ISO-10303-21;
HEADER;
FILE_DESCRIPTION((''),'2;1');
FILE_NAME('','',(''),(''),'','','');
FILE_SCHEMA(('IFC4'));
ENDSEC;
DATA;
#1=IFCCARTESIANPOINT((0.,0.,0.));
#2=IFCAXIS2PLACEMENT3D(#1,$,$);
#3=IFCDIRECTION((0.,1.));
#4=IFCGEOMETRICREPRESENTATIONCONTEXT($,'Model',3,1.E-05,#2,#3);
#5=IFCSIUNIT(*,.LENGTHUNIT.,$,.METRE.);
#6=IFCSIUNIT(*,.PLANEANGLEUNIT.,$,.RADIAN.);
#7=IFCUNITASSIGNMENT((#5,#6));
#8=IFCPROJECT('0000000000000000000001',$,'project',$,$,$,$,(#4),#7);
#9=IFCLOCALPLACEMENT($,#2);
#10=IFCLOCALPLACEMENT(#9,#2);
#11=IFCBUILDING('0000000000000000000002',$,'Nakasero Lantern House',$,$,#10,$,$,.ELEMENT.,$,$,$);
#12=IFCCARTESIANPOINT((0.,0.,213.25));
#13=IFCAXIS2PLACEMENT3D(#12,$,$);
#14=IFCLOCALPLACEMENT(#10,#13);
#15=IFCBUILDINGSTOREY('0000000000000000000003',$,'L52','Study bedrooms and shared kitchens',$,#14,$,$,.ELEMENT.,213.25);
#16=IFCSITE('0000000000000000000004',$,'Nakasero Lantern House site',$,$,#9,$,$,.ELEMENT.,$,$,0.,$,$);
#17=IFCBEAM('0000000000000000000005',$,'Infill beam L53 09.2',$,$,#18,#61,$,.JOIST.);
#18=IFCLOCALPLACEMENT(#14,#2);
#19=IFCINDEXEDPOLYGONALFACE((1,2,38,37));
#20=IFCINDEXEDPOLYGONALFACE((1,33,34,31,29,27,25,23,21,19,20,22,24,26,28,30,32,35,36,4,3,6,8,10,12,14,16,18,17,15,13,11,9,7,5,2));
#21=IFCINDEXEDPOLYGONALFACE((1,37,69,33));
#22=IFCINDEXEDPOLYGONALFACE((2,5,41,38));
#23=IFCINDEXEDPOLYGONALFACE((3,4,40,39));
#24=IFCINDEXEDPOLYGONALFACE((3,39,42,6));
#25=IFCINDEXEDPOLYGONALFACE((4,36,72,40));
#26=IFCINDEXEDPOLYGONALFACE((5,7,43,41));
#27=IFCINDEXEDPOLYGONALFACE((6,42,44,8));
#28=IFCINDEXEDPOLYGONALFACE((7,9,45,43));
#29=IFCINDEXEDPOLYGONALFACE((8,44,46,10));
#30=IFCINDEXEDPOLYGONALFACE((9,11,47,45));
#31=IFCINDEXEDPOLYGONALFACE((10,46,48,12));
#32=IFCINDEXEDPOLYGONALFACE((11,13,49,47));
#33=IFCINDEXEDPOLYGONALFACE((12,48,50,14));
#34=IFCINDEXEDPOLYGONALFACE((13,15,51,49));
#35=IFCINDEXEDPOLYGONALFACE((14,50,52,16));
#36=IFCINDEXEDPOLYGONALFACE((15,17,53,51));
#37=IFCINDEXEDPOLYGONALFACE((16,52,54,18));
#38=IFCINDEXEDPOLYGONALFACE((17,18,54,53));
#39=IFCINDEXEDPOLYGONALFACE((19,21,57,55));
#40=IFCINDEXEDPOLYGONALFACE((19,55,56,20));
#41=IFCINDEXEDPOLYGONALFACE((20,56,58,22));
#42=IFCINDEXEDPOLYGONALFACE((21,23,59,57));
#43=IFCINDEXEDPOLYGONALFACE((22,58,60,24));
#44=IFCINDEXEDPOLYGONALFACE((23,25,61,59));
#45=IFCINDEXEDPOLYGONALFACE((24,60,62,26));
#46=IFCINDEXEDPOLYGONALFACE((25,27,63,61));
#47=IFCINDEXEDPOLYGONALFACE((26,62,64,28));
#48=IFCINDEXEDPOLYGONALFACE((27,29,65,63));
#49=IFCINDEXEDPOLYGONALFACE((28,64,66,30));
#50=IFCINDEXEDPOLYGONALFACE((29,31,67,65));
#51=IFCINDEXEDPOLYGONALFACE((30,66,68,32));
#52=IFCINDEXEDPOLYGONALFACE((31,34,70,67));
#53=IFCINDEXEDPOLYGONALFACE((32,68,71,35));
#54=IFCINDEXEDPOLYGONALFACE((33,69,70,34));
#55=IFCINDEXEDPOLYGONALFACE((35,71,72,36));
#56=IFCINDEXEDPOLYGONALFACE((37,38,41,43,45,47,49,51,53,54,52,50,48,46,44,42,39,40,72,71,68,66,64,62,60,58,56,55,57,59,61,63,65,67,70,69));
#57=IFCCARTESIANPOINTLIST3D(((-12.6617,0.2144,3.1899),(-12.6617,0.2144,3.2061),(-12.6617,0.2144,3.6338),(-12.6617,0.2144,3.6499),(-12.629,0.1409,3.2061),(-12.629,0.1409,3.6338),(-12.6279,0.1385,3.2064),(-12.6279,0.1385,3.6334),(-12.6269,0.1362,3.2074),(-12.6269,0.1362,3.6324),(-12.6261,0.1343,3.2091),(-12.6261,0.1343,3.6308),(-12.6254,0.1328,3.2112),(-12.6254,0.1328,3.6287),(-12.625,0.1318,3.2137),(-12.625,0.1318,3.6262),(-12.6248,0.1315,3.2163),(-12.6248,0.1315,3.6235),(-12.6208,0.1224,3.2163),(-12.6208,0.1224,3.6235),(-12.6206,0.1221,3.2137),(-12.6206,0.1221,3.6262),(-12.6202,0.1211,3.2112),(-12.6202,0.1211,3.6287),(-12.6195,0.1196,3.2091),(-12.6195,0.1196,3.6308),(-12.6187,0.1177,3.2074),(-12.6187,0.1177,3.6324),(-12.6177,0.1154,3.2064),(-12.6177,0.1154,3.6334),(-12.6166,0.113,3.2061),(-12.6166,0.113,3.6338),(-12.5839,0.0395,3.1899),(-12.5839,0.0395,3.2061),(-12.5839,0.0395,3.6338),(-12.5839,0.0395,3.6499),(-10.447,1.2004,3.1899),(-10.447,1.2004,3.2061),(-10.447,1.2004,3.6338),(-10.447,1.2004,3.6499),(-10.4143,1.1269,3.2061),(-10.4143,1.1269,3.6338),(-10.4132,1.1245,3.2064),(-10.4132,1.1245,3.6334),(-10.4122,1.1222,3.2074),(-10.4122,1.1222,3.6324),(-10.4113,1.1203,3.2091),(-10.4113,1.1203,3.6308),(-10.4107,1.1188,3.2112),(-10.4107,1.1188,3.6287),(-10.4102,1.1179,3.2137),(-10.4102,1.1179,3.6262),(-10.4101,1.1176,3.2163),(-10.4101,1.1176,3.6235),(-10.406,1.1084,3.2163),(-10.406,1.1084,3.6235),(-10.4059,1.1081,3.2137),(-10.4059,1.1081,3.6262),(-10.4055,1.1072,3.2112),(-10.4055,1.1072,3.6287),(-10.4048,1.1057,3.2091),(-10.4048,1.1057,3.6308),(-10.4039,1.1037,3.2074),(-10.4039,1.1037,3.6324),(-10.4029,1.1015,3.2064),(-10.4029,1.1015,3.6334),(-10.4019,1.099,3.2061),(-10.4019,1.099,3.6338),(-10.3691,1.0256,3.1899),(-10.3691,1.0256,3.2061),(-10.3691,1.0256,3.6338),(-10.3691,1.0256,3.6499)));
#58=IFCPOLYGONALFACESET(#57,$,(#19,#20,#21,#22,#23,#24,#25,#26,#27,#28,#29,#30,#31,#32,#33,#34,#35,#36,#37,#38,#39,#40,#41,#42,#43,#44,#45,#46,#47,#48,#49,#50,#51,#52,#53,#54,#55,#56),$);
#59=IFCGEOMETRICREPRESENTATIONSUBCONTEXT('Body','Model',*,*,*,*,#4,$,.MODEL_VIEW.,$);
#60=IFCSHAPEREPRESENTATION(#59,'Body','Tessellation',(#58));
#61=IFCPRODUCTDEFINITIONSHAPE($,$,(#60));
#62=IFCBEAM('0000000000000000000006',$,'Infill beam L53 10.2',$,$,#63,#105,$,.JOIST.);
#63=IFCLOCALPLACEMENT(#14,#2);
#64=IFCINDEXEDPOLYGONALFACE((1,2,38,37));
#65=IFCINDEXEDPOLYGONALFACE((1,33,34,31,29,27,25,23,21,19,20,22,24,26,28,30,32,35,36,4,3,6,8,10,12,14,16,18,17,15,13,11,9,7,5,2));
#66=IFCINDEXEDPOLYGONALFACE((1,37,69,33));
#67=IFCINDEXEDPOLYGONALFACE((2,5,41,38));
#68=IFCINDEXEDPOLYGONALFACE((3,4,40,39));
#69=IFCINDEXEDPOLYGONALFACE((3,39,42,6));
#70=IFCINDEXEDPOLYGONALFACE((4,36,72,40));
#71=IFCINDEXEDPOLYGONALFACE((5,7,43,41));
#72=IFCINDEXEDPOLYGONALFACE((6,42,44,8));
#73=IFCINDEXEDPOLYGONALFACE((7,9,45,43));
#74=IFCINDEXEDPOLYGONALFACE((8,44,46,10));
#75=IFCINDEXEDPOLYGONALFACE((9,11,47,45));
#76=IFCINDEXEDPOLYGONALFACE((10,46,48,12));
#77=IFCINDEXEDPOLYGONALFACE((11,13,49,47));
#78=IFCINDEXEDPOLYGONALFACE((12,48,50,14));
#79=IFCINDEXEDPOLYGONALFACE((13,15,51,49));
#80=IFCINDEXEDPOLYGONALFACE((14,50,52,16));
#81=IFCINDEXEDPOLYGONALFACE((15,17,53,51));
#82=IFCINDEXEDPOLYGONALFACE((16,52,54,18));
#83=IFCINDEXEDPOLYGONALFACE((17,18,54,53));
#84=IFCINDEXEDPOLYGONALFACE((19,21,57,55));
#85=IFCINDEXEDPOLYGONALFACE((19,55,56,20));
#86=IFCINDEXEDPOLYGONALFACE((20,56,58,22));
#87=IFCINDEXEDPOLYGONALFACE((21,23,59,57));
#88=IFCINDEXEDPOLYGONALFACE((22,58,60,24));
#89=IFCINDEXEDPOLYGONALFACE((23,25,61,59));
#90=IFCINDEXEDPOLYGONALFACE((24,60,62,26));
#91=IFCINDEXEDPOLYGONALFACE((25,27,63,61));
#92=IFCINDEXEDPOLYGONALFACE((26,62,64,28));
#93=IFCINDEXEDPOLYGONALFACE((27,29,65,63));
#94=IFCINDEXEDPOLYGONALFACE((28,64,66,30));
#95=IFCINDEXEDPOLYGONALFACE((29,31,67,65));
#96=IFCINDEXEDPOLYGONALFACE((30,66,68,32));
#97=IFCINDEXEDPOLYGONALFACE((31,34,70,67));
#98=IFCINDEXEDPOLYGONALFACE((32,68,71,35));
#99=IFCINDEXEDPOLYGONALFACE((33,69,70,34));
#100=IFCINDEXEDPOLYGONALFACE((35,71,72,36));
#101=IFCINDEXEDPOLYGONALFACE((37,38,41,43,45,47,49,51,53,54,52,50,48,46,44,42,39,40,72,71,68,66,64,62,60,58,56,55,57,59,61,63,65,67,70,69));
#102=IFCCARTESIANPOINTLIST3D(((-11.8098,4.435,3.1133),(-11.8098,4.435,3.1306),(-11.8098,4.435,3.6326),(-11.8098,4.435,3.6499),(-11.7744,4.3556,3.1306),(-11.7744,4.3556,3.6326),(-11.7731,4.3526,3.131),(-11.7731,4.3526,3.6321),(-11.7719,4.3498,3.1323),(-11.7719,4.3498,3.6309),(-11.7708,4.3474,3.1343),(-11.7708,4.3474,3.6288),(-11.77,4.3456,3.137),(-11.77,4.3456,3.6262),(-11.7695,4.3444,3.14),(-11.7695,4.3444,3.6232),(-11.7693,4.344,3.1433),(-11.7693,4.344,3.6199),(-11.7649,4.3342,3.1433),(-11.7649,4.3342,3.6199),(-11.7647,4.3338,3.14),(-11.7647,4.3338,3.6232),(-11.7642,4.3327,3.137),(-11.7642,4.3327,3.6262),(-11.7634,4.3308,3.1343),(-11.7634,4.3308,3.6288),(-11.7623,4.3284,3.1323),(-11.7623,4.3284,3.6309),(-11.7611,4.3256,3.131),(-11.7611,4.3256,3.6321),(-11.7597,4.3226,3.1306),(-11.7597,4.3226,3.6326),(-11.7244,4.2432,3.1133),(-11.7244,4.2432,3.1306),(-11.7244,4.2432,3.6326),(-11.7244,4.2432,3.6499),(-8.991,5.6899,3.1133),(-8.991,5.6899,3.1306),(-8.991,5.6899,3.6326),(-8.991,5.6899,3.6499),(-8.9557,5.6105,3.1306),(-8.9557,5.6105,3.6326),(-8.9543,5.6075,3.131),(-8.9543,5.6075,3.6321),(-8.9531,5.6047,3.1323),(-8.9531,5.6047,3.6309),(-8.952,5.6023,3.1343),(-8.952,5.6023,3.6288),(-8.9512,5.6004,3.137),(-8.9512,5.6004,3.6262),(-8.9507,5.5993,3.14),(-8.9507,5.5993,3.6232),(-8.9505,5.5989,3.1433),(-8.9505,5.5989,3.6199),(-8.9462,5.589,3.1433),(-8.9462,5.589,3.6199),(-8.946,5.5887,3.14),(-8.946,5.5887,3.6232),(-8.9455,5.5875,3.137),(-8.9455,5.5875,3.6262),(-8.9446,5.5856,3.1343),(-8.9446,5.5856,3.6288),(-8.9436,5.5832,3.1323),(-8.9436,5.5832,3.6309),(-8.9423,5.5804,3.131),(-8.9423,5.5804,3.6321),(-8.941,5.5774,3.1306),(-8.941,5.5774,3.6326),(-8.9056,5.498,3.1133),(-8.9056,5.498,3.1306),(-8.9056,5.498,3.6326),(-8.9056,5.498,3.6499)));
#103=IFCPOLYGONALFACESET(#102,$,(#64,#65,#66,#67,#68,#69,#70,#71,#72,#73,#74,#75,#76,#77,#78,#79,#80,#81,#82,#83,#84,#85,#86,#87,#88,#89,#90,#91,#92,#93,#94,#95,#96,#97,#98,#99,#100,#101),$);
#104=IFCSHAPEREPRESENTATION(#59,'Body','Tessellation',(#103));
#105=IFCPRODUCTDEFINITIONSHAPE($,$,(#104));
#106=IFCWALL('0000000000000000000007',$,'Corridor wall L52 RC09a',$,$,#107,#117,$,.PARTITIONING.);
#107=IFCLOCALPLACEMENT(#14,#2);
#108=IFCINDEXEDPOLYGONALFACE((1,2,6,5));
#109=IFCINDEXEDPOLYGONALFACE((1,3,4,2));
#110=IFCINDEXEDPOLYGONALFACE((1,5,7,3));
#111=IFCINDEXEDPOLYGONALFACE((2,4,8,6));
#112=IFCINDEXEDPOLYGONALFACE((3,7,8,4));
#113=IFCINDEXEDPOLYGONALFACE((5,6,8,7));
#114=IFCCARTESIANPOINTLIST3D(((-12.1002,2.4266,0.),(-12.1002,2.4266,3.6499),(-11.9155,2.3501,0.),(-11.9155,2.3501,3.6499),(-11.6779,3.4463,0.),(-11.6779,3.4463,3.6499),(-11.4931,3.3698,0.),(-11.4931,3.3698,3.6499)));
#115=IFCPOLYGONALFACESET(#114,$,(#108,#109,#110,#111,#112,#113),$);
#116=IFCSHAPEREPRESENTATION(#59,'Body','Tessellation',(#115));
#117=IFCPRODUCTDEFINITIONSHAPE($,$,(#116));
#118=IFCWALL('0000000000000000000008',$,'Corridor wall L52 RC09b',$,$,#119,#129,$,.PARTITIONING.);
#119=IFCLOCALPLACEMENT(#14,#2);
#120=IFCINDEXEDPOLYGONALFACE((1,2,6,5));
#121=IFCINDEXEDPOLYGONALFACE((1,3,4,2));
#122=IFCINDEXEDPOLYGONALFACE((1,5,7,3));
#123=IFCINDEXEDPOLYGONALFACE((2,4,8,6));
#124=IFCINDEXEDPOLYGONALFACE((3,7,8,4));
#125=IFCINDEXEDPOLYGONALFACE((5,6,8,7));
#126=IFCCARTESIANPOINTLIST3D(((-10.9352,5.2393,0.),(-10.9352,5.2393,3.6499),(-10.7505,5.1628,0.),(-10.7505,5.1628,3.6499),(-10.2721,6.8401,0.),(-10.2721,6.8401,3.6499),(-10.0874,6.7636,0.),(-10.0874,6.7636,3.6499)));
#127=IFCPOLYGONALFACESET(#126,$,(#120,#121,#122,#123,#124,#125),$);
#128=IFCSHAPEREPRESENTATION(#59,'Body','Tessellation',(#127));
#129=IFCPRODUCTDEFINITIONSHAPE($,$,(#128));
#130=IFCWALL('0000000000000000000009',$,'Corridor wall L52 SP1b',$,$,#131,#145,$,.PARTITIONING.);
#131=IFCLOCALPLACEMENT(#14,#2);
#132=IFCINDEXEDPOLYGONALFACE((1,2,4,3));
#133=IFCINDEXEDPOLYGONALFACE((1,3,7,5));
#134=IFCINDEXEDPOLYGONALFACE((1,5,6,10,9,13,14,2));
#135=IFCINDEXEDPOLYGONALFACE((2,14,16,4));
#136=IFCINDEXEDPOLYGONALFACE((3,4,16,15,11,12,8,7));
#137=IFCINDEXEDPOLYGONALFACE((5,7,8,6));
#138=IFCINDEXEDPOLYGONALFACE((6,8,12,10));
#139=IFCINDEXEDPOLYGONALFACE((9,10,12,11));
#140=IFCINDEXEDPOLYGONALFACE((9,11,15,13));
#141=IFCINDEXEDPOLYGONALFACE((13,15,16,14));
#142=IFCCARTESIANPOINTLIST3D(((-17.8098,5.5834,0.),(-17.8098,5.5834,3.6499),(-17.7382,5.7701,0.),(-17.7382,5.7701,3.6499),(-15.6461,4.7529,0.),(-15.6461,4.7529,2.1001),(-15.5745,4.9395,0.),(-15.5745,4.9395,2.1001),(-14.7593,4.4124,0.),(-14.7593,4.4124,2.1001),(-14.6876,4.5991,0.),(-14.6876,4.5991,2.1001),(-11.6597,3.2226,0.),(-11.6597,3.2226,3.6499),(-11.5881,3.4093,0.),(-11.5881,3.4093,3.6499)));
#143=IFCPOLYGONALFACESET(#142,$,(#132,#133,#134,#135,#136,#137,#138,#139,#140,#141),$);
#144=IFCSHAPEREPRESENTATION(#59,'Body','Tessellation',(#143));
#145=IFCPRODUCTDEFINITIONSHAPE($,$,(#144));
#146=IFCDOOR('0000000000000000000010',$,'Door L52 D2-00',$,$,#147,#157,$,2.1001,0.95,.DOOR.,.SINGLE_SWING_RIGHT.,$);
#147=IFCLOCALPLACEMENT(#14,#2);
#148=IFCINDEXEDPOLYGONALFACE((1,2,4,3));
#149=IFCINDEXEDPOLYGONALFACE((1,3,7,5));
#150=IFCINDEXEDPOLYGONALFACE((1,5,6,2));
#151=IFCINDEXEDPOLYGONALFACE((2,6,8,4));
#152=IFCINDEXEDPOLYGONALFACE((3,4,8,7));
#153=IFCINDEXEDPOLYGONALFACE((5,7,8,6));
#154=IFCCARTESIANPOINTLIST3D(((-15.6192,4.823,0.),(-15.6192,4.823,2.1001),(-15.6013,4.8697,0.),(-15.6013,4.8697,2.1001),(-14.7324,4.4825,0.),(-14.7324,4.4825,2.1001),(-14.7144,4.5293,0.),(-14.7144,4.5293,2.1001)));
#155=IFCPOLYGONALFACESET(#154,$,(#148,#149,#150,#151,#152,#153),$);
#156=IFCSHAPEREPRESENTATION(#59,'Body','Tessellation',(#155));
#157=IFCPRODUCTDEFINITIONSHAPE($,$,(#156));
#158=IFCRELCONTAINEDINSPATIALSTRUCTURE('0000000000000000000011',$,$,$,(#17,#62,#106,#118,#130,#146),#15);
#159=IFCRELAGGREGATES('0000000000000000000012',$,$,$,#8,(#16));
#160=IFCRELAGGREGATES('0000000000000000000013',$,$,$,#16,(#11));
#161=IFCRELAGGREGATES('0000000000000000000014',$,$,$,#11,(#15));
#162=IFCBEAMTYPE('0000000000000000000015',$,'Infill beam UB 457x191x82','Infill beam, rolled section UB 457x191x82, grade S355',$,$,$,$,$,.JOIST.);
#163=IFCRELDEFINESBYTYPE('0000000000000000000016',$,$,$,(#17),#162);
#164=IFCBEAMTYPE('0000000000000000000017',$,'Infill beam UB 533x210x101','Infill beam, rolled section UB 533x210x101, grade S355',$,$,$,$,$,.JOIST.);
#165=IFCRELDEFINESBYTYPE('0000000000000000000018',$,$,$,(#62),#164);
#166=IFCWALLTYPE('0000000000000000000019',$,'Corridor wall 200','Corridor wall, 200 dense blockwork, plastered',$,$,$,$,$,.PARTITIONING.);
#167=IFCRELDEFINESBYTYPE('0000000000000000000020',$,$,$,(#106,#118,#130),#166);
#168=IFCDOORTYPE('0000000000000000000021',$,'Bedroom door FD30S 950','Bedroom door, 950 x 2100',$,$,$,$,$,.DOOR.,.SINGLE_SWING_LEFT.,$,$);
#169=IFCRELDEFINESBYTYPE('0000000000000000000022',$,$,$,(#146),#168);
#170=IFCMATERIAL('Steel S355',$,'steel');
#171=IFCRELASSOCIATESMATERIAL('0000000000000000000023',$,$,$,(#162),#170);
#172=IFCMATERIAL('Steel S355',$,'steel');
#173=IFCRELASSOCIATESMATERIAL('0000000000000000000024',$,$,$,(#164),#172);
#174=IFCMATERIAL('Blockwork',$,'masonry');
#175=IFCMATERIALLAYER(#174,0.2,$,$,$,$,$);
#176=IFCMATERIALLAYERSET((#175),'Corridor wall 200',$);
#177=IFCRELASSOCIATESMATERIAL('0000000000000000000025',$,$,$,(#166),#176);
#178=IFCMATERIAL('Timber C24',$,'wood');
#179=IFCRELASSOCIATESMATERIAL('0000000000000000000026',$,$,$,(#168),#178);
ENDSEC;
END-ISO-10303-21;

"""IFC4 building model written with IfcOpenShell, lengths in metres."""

from ifc_helpers import new_model, si_unit, direction, frame, frame_2d, origin, origin_2d, place, context, subcontext, project, spatial, rectangle, i_section, extrude, material, layer, layer_set, material_profile, profile_set, type_object, element, fill, save


model = new_model("IFC4")

# Units and contexts
model_context = context("Model", 3, precision=1e-05, world=origin(), true_north=direction((0.0, 1.0)))
body_context = subcontext(model_context, "Body", "Model", "MODEL_VIEW")
ifc_project = project(units=[si_unit("LENGTHUNIT", "METRE"), si_unit("PLANEANGLEUNIT", "RADIAN")], contexts=[model_context])

# Site, building, storey
site_placement = place(None, origin())
site = spatial("IfcSite", under=ifc_project, at=site_placement, Name="Nakasero Lantern House site", CompositionType="ELEMENT", RefElevation=0.0)
building_placement = place(site_placement, origin())
building = spatial("IfcBuilding", under=site, at=building_placement, Name="Nakasero Lantern House", CompositionType="ELEMENT")
storey_placement = place(building_placement, frame((0.0, 0.0, 213.25)))
storey = spatial("IfcBuildingStorey", under=building, at=storey_placement, Name="L52", Description="Study bedrooms and shared kitchens", CompositionType="ELEMENT", Elevation=213.25)

# Beams
ifc_material_1 = material(Name="Steel S355", Category="steel")
ifc_material_profile_1 = material_profile(ifc_material_1, i_section(OverallWidth=0.1914, OverallDepth=0.46, WebThickness=0.01, FlangeThickness=0.0161, FilletRadius=0.0103, at=origin_2d()), Name="UB 457x191x82")
ifc_profile_set_1 = profile_set([ifc_material_profile_1], Name="Steel S355")
beam_type_1 = type_object("IfcBeamType", Name="Infill beam UB 457x191x82", Description="Infill beam, rolled section UB 457x191x82, grade S355", PredefinedType="JOIST", material=ifc_profile_set_1)
beam_1_placement = place(storey_placement, frame((-12.6228, 0.127, 3.4199), z_axis=(0.91355, 0.406727, 0.0), x_axis=(-0.406727, 0.91355, 0.0)))
element("IfcBeam", 1, at=beam_1_placement, inside=storey, type_object=beam_type_1, Name="Infill beam L53 09.2", PredefinedType="JOIST", context=body_context, shape_type="SweptSolid", body=[
    extrude(i_section(OverallWidth=0.1914, OverallDepth=0.46, WebThickness=0.01, FlangeThickness=0.0161, FilletRadius=0.0103, at=origin_2d()), origin(), (0.0, 0.0, 1.0), 2.4243),
])
ifc_material_2 = material(Name="Steel S355", Category="steel")
ifc_material_profile_2 = material_profile(ifc_material_2, i_section(OverallWidth=0.21, OverallDepth=0.5366, WebThickness=0.0107, FlangeThickness=0.0173, FilletRadius=0.0127, at=origin_2d()), Name="UB 533x210x101")
ifc_profile_set_2 = profile_set([ifc_material_profile_2], Name="Steel S355")
beam_type_2 = type_object("IfcBeamType", Name="Infill beam UB 533x210x101", Description="Infill beam, rolled section UB 533x210x101, grade S355", PredefinedType="JOIST", material=ifc_profile_set_2)
beam_2_placement = place(storey_placement, frame((-11.7671, 4.3391, 3.3816), z_axis=(0.913563, 0.406696, 0.0), x_axis=(-0.406696, 0.913563, 0.0)))
element("IfcBeam", 2, at=beam_2_placement, inside=storey, type_object=beam_type_2, Name="Infill beam L53 10.2", PredefinedType="JOIST", context=body_context, shape_type="SweptSolid", body=[
    extrude(i_section(OverallWidth=0.21, OverallDepth=0.5366, WebThickness=0.0107, FlangeThickness=0.0173, FilletRadius=0.0127, at=origin_2d()), origin(), (0.0, 0.0, 1.0), 3.0854),
])

# Walls
ifc_material_3 = material(Name="Blockwork", Category="masonry")
ifc_layer_1 = layer(ifc_material_3, 0.2)
ifc_layer_set_1 = layer_set([ifc_layer_1], Name="Corridor wall 200")
wall_type_1 = type_object("IfcWallType", Name="Corridor wall 200", Description="Corridor wall, 200 dense blockwork, plastered", PredefinedType="PARTITIONING", material=ifc_layer_set_1)
wall_1_placement = place(storey_placement, frame((-12.0078, 2.3884, 0.0), z_axis=(0.0, 0.0, 1.0), x_axis=(0.382651, 0.923893, 0.0)))
element("IfcWall", 3, at=wall_1_placement, inside=storey, type_object=wall_type_1, Name="Corridor wall L52 RC09a", PredefinedType="PARTITIONING", context=body_context, shape_type="SweptSolid", body=[
    extrude(rectangle(XDim=1.1038, YDim=0.2, at=frame_2d((0.5518, 0.0))), origin(), (0.0, 0.0, 1.0), 3.6499),
])
wall_2_placement = place(storey_placement, frame((-10.8428, 5.2012, 0.0), z_axis=(0.0, 0.0, 1.0), x_axis=(0.382684, 0.923879, 0.0)))
element("IfcWall", 4, at=wall_2_placement, inside=storey, type_object=wall_type_1, Name="Corridor wall L52 RC09b", PredefinedType="PARTITIONING", context=body_context, shape_type="SweptSolid", body=[
    extrude(rectangle(XDim=1.7327, YDim=0.2, at=frame_2d((0.8662, 0.0))), origin(), (0.0, 0.0, 1.0), 3.6499),
])

# Wall, opening, door
wall_3_placement = place(storey_placement, frame((-11.6238, 3.3159, 0.0), z_axis=(0.0, 0.0, 1.0), x_axis=(-0.933579, 0.358371, 0.0)))
wall_3 = element("IfcWall", 5, at=wall_3_placement, inside=storey, type_object=wall_type_1, Name="Corridor wall L52 SP1b", PredefinedType="PARTITIONING", context=body_context, shape_type="SweptSolid", body=[
    extrude(rectangle(XDim=6.5876, YDim=0.2, at=frame_2d((3.2939, 0.0))), origin(), (0.0, 0.0, 1.0), 3.6499),
])
opening_1_placement = place(wall_3_placement, frame((3.3201, 0.0, 0.0)))
opening_1 = element("IfcOpeningElement", 6, at=opening_1_placement, cuts=wall_3, PredefinedType="OPENING", context=body_context, shape_type="SweptSolid", body=[
    extrude(rectangle(XDim=0.95, YDim=2.1001, at=frame_2d((0.4751, 1.05))), frame((0.0, 0.1199, 0.0), z_axis=(0.0, -1.0, 0.0), x_axis=(1.0, 0.0, 0.0)), (0.0, 0.0, 1.0), 0.24),
])
ifc_material_4 = material(Name="Timber C24", Category="wood")
door_type_1 = type_object("IfcDoorType", Name="Bedroom door FD30S 950", Description="Bedroom door, 950 x 2100", OperationType="SINGLE_SWING_LEFT", PredefinedType="DOOR", material=ifc_material_4)
door_1_placement = place(opening_1_placement, origin())
door_1 = element("IfcDoor", 7, at=door_1_placement, inside=storey, type_object=door_type_1, Name="Door L52 D2-00", OperationType="SINGLE_SWING_RIGHT", OverallHeight=2.1001, OverallWidth=0.95, PredefinedType="DOOR", context=body_context, shape_type="SweptSolid", body=[
    extrude(rectangle(XDim=0.95, YDim=2.1001, at=frame_2d((0.4751, 1.05))), frame((0.0, 0.0249, 0.0), z_axis=(0.0, -1.0, 0.0), x_axis=(1.0, 0.0, 0.0)), (0.0, 0.0, 1.0), 0.05),
])
fill(opening_1, door_1)

save(model, "model.ifc")
